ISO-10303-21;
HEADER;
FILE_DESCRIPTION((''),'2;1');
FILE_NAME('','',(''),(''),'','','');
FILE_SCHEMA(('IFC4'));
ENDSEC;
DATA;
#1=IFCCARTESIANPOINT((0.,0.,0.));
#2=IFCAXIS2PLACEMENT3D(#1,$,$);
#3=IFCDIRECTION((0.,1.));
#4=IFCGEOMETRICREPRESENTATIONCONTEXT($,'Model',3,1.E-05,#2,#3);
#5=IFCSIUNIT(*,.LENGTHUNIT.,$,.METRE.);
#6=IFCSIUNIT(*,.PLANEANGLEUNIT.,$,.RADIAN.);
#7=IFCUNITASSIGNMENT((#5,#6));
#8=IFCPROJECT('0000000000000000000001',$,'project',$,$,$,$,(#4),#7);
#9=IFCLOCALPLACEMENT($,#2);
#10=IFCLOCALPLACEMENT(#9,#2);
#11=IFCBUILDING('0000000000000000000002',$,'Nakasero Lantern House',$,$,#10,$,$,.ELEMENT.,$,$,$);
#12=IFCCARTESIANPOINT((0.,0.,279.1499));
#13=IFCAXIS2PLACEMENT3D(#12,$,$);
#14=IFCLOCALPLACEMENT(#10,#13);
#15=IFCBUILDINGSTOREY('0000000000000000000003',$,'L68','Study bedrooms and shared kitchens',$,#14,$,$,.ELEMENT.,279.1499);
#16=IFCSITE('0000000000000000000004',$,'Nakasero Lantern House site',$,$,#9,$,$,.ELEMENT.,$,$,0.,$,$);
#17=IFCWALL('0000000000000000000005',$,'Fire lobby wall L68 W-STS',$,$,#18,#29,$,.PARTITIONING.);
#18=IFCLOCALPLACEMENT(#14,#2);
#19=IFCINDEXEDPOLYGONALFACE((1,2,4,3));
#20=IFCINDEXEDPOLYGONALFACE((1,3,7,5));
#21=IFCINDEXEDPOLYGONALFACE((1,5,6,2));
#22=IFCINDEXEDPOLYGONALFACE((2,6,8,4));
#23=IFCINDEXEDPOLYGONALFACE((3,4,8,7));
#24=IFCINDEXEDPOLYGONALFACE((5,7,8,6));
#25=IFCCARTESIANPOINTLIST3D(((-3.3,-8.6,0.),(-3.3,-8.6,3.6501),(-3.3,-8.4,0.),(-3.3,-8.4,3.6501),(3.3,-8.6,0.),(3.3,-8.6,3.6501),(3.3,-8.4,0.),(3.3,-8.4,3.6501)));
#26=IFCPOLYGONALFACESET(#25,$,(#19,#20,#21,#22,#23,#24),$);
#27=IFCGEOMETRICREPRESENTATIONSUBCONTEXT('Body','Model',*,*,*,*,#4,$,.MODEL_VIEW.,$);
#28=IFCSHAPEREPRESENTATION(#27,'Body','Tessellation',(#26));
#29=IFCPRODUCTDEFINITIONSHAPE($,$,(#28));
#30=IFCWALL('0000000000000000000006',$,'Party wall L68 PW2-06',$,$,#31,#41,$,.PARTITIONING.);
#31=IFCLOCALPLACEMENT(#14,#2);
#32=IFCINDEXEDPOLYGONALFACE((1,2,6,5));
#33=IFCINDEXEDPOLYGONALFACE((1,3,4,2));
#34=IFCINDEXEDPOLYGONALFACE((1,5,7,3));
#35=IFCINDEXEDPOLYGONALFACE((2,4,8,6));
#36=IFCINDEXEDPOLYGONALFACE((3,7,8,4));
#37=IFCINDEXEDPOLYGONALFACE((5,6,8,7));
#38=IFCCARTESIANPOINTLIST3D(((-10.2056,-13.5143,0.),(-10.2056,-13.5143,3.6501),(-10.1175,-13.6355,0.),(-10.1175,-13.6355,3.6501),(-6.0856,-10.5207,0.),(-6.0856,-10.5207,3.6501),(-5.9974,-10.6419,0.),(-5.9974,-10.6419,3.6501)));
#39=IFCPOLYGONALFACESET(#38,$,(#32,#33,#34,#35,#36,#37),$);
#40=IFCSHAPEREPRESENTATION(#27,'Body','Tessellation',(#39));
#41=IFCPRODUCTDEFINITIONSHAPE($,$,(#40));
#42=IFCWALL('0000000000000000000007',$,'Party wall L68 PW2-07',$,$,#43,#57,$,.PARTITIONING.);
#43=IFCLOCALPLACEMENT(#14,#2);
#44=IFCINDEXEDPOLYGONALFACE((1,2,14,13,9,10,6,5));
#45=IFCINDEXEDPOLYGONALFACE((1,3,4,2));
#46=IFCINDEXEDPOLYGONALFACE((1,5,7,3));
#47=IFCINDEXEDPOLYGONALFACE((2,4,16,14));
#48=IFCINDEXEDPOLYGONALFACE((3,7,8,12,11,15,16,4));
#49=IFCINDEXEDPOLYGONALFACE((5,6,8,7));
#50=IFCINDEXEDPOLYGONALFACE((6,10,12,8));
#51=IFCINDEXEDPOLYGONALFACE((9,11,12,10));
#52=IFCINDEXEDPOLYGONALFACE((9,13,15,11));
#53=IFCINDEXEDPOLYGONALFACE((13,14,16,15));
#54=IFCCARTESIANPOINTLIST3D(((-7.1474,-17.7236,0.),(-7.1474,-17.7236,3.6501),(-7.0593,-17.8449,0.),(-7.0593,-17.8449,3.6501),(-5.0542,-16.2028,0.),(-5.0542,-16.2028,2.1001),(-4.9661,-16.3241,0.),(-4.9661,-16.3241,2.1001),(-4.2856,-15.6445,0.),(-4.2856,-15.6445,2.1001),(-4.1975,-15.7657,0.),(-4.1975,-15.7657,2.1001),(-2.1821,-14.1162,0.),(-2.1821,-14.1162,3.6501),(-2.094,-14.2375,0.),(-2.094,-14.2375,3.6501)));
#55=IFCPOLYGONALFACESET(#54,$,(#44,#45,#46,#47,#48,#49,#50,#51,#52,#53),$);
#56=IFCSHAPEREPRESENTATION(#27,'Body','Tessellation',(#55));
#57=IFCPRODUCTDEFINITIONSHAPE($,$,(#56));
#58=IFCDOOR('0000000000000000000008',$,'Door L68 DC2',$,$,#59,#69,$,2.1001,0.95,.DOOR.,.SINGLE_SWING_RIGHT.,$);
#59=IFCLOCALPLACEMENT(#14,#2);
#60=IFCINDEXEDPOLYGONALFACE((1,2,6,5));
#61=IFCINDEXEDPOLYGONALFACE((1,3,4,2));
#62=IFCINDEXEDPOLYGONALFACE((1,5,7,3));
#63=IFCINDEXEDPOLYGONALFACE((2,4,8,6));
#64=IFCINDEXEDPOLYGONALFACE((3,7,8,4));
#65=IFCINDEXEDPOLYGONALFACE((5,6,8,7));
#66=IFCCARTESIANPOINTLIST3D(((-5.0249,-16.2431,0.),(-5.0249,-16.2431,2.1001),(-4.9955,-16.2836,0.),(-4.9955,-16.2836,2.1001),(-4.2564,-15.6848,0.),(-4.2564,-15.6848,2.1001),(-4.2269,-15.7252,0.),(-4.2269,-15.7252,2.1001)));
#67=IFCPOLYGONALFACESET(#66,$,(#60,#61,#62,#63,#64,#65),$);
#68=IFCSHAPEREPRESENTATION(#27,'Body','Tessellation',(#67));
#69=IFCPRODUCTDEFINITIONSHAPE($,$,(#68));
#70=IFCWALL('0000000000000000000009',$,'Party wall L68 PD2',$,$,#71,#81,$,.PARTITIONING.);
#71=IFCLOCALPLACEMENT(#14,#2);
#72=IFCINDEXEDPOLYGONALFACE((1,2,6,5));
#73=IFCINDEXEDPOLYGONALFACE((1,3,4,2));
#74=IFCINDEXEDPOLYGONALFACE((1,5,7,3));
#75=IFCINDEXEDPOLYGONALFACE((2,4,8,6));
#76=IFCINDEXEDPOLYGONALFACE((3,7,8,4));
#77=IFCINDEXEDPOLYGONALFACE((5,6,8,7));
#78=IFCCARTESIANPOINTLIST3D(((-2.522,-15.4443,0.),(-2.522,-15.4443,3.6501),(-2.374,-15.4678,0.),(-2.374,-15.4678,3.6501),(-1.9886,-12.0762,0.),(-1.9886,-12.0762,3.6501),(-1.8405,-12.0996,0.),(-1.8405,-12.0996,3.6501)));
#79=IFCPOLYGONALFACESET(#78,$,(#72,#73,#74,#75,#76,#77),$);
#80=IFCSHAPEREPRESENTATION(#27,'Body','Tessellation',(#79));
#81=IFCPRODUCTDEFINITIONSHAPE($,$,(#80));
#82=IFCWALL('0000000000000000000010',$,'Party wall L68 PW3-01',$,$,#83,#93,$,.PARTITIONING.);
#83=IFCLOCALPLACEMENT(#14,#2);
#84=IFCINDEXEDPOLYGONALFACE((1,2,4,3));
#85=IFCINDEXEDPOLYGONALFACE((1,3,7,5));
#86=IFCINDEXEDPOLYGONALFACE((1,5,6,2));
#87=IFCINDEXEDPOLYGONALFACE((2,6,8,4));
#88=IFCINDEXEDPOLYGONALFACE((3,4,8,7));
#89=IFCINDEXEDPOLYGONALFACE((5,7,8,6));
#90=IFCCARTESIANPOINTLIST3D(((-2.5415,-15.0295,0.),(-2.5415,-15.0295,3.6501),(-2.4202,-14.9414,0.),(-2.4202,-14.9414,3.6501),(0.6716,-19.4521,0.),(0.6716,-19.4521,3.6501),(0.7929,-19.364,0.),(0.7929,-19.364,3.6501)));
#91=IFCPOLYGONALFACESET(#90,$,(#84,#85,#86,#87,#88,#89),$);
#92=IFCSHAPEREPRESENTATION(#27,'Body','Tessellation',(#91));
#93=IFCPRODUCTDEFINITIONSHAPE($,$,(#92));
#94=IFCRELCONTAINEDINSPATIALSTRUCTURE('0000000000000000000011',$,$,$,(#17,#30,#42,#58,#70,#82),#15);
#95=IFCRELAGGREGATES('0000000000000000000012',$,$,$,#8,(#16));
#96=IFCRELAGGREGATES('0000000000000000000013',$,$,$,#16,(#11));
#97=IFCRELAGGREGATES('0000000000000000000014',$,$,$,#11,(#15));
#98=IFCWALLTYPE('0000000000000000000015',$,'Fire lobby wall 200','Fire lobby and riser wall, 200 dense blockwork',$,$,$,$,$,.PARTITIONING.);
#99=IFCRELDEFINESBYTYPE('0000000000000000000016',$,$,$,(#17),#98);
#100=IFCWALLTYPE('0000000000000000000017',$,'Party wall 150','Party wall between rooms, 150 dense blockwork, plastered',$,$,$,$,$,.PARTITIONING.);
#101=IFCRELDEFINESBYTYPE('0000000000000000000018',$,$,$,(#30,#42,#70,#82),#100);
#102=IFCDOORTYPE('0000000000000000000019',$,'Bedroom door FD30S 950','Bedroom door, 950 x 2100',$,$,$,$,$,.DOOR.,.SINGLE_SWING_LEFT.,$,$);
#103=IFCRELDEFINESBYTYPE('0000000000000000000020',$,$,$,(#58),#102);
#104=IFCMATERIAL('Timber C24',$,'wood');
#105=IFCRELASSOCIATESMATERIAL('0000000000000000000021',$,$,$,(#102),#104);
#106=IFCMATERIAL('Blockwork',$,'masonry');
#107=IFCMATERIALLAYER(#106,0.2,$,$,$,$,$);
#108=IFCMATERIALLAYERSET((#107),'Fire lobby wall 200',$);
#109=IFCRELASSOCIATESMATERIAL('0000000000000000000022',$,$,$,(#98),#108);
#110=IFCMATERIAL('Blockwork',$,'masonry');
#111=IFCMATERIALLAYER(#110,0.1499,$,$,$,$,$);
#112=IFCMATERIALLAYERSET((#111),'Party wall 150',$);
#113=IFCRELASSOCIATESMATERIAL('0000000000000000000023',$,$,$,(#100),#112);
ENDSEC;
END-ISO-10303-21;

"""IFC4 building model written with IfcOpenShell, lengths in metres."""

from ifc_helpers import new_model, si_unit, direction, frame, frame_2d, origin, place, context, subcontext, project, spatial, rectangle, extrude, material, layer, layer_set, type_object, element, fill, save


model = new_model("IFC4")

# Units and contexts
model_context = context("Model", 3, precision=1e-05, world=origin(), true_north=direction((0.0, 1.0)))
body_context = subcontext(model_context, "Body", "Model", "MODEL_VIEW")
ifc_project = project(units=[si_unit("LENGTHUNIT", "METRE"), si_unit("PLANEANGLEUNIT", "RADIAN")], contexts=[model_context])

# Site, building, storey
site_placement = place(None, origin())
site = spatial("IfcSite", under=ifc_project, at=site_placement, Name="Nakasero Lantern House site", CompositionType="ELEMENT", RefElevation=0.0)
building_placement = place(site_placement, origin())
building = spatial("IfcBuilding", under=site, at=building_placement, Name="Nakasero Lantern House", CompositionType="ELEMENT")
storey_placement = place(building_placement, frame((0.0, 0.0, 279.1499)))
storey = spatial("IfcBuildingStorey", under=building, at=storey_placement, Name="L68", Description="Study bedrooms and shared kitchens", CompositionType="ELEMENT", Elevation=279.1499)

# Shared definitions
ifc_material_1 = material(Name="Timber C24", Category="wood")
door_type_1 = type_object("IfcDoorType", Name="Bedroom door FD30S 950", Description="Bedroom door, 950 x 2100", OperationType="SINGLE_SWING_LEFT", PredefinedType="DOOR", material=ifc_material_1)

# Walls
ifc_material_2 = material(Name="Blockwork", Category="masonry")
ifc_layer_1 = layer(ifc_material_2, 0.2)
ifc_layer_set_1 = layer_set([ifc_layer_1], Name="Fire lobby wall 200")
wall_type_1 = type_object("IfcWallType", Name="Fire lobby wall 200", Description="Fire lobby and riser wall, 200 dense blockwork", PredefinedType="PARTITIONING", material=ifc_layer_set_1)
wall_1_placement = place(storey_placement, frame((-3.3, -8.5, 0.0), z_axis=(0.0, 0.0, 1.0), x_axis=(1.0, 0.0, 0.0)))
element("IfcWall", 1, at=wall_1_placement, inside=storey, type_object=wall_type_1, Name="Fire lobby wall L68 W-STS", PredefinedType="PARTITIONING", context=body_context, shape_type="SweptSolid", body=[
    extrude(rectangle(XDim=6.6001, YDim=0.2, at=frame_2d((3.3, 0.0))), origin(), (0.0, 0.0, 1.0), 3.6501),
])
ifc_material_3 = material(Name="Blockwork", Category="masonry")
ifc_layer_2 = layer(ifc_material_3, 0.1499)
ifc_layer_set_2 = layer_set([ifc_layer_2], Name="Party wall 150")
wall_type_2 = type_object("IfcWallType", Name="Party wall 150", Description="Party wall between rooms, 150 dense blockwork, plastered", PredefinedType="PARTITIONING", material=ifc_layer_set_2)
wall_2_placement = place(storey_placement, frame((-6.0415, -10.5813, 0.0), z_axis=(0.0, 0.0, 1.0), x_axis=(-0.808997, -0.587812, 0.0)))
element("IfcWall", 2, at=wall_2_placement, inside=storey, type_object=wall_type_2, Name="Party wall L68 PW2-06", PredefinedType="PARTITIONING", context=body_context, shape_type="SweptSolid", body=[
    extrude(rectangle(XDim=5.0928, YDim=0.1499, at=frame_2d((2.5464, 0.0))), origin(), (0.0, 0.0, 1.0), 3.6501),
])

# Wall, opening, door
wall_3_placement = place(storey_placement, frame((-2.1379, -14.1768, 0.0), z_axis=(0.0, 0.0, 1.0), x_axis=(-0.809025, -0.587774, 0.0)))
wall_3 = element("IfcWall", 3, at=wall_3_placement, inside=storey, type_object=wall_type_2, Name="Party wall L68 PW2-07", PredefinedType="PARTITIONING", context=body_context, shape_type="SweptSolid", body=[
    extrude(rectangle(XDim=6.1375, YDim=0.1499, at=frame_2d((3.0688, 0.0))), origin(), (0.0, 0.0, 1.0), 3.6501),
])
opening_1_placement = place(wall_3_placement, frame((2.6001, 0.0, 0.0)))
opening_1 = element("IfcOpeningElement", 4, at=opening_1_placement, cuts=wall_3, PredefinedType="OPENING", context=body_context, shape_type="SweptSolid", body=[
    extrude(rectangle(XDim=0.95, YDim=2.1001, at=frame_2d((0.4751, 1.05))), frame((0.0, 0.095, 0.0), z_axis=(0.0, -1.0, 0.0), x_axis=(1.0, 0.0, 0.0)), (0.0, 0.0, 1.0), 0.1899),
])
door_1_placement = place(opening_1_placement, origin())
door_1 = element("IfcDoor", 5, at=door_1_placement, inside=storey, type_object=door_type_1, Name="Door L68 DC2", OperationType="SINGLE_SWING_RIGHT", OverallHeight=2.1001, OverallWidth=0.95, PredefinedType="DOOR", context=body_context, shape_type="SweptSolid", body=[
    extrude(rectangle(XDim=0.95, YDim=2.1001, at=frame_2d((0.4751, 1.05))), frame((0.0, 0.0249, 0.0), z_axis=(0.0, -1.0, 0.0), x_axis=(1.0, 0.0, 0.0)), (0.0, 0.0, 1.0), 0.05),
])
fill(opening_1, door_1)

# Walls
wall_4_placement = place(storey_placement, frame((-1.9146, -12.0879, 0.0), z_axis=(0.0, 0.0, 1.0), x_axis=(-0.156429, -0.987689, 0.0)))
element("IfcWall", 6, at=wall_4_placement, inside=storey, type_object=wall_type_2, Name="Party wall L68 PD2", PredefinedType="PARTITIONING", context=body_context, shape_type="SweptSolid", body=[
    extrude(rectangle(XDim=3.4102, YDim=0.1499, at=frame_2d((1.7051, 0.0))), origin(), (0.0, 0.0, 1.0), 3.6501),
])
wall_5_placement = place(storey_placement, frame((-2.481, -14.9854, 0.0), z_axis=(0.0, 0.0, 1.0), x_axis=(0.587776, -0.809024, 0.0)))
element("IfcWall", 7, at=wall_5_placement, inside=storey, type_object=wall_type_2, Name="Party wall L68 PW3-01", PredefinedType="PARTITIONING", context=body_context, shape_type="SweptSolid", body=[
    extrude(rectangle(XDim=5.4666, YDim=0.1499, at=frame_2d((2.7334, 0.0))), origin(), (0.0, 0.0, 1.0), 3.6501),
])

save(model, "model.ifc")
